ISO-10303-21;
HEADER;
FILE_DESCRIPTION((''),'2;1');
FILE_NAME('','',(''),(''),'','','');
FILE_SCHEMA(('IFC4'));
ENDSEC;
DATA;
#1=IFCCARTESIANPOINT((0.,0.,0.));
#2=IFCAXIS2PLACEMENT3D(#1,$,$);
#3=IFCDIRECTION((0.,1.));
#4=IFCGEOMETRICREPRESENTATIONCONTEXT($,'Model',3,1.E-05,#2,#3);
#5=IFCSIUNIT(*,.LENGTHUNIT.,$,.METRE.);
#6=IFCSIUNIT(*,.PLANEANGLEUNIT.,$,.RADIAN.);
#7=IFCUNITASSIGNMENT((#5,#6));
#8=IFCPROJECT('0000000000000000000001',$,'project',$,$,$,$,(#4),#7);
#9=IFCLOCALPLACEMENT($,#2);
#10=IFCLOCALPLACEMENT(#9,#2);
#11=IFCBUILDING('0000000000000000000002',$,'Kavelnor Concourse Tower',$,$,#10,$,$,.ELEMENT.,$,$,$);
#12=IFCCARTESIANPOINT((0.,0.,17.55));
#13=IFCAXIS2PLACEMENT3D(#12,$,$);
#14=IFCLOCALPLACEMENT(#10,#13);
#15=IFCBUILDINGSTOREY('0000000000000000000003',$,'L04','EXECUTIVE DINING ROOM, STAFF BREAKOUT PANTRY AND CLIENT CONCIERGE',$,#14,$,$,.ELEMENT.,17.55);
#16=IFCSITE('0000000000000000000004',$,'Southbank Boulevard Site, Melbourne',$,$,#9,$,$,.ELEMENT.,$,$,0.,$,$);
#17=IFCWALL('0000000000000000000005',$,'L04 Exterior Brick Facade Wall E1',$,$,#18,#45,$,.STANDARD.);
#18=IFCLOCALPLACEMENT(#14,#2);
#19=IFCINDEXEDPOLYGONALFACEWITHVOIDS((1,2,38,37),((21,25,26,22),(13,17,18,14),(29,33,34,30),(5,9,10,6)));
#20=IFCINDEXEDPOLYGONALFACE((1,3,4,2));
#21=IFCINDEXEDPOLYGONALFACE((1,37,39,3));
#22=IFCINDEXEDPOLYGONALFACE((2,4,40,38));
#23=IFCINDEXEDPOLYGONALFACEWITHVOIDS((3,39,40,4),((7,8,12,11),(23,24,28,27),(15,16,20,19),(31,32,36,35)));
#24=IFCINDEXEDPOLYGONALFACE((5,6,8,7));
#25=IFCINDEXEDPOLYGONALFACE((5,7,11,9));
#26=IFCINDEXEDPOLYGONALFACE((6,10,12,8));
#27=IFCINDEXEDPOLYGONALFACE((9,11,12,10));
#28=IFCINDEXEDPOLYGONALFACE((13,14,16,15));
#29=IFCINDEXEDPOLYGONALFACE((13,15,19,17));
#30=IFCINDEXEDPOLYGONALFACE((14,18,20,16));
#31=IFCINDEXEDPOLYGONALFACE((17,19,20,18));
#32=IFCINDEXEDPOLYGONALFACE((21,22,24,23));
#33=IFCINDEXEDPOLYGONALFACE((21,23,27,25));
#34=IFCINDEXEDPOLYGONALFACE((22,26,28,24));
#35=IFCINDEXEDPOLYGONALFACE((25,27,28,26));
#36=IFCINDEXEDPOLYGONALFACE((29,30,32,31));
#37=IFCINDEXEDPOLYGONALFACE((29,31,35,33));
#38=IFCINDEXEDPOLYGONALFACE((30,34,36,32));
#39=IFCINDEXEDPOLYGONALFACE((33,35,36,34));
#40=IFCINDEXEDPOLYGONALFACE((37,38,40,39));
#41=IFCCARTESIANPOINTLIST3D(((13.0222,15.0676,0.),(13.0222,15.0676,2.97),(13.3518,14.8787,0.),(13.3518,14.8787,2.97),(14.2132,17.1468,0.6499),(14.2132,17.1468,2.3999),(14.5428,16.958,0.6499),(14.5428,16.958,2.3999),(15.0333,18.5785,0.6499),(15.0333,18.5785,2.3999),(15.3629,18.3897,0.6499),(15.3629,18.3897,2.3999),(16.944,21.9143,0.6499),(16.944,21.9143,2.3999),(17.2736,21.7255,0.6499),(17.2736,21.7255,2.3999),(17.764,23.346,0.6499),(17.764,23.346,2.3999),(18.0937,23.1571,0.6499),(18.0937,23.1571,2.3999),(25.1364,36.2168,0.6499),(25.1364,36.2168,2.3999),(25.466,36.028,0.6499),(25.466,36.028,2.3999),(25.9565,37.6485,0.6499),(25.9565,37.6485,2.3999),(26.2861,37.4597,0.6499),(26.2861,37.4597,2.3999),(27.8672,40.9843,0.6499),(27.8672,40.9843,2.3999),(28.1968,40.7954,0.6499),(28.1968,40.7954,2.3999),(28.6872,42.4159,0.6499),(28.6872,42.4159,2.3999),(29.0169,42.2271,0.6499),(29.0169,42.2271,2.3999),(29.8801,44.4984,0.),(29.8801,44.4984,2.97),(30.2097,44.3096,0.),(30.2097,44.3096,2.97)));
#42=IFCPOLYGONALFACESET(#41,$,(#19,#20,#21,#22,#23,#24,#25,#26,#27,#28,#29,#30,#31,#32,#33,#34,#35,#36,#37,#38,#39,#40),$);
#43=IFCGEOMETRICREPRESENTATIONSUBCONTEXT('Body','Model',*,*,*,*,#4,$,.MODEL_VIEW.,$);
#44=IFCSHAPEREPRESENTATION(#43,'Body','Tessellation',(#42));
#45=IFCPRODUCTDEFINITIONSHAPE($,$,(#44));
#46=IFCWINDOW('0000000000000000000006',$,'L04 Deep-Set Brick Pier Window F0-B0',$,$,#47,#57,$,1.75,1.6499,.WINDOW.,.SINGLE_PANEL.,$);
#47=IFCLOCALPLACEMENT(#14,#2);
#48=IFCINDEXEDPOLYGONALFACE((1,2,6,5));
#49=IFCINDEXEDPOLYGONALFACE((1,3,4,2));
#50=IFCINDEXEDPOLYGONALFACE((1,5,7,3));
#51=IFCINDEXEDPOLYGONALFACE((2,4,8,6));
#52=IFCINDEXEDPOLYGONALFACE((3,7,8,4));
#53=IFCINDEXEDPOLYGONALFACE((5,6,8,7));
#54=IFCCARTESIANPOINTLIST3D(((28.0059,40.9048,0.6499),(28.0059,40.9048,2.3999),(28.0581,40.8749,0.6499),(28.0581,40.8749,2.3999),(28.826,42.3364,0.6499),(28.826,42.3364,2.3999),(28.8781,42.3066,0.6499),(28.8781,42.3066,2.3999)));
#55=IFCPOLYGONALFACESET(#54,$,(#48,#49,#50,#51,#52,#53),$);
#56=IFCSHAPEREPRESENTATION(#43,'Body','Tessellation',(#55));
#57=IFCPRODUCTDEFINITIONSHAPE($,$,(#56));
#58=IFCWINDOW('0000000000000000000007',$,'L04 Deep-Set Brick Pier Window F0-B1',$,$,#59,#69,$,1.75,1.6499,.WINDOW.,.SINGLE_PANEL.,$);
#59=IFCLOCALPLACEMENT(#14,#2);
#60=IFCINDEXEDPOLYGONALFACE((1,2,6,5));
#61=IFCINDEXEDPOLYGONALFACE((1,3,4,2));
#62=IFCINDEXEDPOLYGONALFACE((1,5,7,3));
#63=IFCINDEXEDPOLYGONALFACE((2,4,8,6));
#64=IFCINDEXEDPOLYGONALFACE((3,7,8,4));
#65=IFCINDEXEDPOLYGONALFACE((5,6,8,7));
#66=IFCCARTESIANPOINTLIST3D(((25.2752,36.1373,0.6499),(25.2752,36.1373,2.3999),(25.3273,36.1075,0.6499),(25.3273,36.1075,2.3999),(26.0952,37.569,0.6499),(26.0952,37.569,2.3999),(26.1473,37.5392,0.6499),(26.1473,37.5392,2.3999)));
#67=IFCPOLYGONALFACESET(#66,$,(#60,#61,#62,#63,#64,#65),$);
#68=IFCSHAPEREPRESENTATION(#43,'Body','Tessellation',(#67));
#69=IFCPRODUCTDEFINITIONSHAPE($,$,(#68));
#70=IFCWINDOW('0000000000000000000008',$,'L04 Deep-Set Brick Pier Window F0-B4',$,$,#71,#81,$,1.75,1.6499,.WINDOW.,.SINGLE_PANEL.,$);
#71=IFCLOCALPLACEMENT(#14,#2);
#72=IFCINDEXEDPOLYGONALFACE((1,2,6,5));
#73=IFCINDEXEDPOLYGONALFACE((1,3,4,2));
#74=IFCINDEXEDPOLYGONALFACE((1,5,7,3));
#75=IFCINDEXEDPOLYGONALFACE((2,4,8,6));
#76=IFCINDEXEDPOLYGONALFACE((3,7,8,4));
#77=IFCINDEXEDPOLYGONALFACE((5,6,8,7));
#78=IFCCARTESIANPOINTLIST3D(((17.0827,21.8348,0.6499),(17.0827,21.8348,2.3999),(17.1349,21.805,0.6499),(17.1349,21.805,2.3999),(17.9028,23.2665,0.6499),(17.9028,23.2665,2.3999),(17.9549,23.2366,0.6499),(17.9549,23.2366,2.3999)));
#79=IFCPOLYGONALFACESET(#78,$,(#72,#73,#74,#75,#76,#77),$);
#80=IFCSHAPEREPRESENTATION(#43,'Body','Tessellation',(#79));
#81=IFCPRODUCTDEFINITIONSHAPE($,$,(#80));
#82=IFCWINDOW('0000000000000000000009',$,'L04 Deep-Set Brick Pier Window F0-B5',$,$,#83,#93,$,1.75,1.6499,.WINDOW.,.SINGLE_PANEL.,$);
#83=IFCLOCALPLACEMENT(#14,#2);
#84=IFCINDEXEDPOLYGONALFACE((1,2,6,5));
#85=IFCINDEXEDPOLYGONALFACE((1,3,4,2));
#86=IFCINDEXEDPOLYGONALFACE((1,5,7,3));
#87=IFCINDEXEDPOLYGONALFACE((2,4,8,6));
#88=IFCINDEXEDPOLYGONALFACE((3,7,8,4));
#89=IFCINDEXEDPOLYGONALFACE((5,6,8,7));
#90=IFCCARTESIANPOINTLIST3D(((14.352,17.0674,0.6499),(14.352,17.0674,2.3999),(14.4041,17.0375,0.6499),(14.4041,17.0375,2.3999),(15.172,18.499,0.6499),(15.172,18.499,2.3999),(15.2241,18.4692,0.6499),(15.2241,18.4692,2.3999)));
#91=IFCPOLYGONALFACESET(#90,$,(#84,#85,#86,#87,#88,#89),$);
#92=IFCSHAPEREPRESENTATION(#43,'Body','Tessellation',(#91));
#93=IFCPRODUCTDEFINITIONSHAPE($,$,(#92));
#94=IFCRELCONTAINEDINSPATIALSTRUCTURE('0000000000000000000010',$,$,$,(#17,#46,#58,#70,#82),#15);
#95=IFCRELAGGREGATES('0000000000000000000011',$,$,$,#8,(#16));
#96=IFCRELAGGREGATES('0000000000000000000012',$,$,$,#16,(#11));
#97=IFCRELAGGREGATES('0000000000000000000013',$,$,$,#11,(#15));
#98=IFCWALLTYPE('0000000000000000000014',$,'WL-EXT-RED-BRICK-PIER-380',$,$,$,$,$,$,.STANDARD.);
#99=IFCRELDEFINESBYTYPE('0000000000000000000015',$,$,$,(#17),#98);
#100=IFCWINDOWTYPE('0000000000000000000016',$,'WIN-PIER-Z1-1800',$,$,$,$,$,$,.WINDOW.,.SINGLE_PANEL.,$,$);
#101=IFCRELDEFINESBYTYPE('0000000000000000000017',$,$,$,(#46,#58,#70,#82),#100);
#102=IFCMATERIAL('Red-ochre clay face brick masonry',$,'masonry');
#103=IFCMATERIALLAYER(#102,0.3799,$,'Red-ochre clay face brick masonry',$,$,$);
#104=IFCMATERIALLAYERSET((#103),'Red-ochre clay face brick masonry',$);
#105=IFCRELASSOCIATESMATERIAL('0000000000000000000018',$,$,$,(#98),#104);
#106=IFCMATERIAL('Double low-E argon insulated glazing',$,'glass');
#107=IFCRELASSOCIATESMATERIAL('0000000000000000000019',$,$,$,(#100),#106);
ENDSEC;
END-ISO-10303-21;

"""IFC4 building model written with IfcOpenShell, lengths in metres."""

from ifc_helpers import new_model, si_unit, direction, frame, frame_2d, origin, place, context, subcontext, project, spatial, rectangle, extrude, material, layer, layer_set, type_object, element, fill, save


model = new_model("IFC4")

# Units and contexts
model_context = context("Model", 3, precision=1e-05, world=origin(), true_north=direction((0.0, 1.0)))
body_context = subcontext(model_context, "Body", "Model", "MODEL_VIEW")
ifc_project = project(units=[si_unit("LENGTHUNIT", "METRE"), si_unit("PLANEANGLEUNIT", "RADIAN")], contexts=[model_context])

# Site, building, storey
site_placement = place(None, origin())
site = spatial("IfcSite", under=ifc_project, at=site_placement, Name="Southbank Boulevard Site, Melbourne", CompositionType="ELEMENT", RefElevation=0.0)
building_placement = place(site_placement, origin())
building = spatial("IfcBuilding", under=site, at=building_placement, Name="Kavelnor Concourse Tower", CompositionType="ELEMENT")
storey_placement = place(building_placement, frame((0.0, 0.0, 17.55)))
storey = spatial("IfcBuildingStorey", under=building, at=storey_placement, Name="L04", Description="EXECUTIVE DINING ROOM, STAFF BREAKOUT PANTRY AND CLIENT CONCIERGE", CompositionType="ELEMENT", Elevation=17.55)

# Wall, openings, windows
ifc_material_1 = material(Name="Red-ochre clay face brick masonry", Category="masonry")
ifc_layer_1 = layer(ifc_material_1, 0.3799, Name="Red-ochre clay face brick masonry")
ifc_layer_set_1 = layer_set([ifc_layer_1], Name="Red-ochre clay face brick masonry")
wall_type = type_object("IfcWallType", Name="WL-EXT-RED-BRICK-PIER-380", PredefinedType="STANDARD", material=ifc_layer_set_1)
wall_placement = place(storey_placement, frame((13.187, 14.9731, 0.0), z_axis=(0.0, 0.0, 1.0), x_axis=(0.497033, 0.867732, 0.0)))
wall = element("IfcWall", 1, at=wall_placement, inside=storey, type_object=wall_type, Name="L04 Exterior Brick Facade Wall E1", PredefinedType="STANDARD", context=body_context, shape_type="SweptSolid", body=[
    extrude(rectangle(XDim=33.917, YDim=0.3799, at=frame_2d((16.9585, 0.0))), origin(), (0.0, 0.0, 1.0), 2.97),
])
opening_1_placement = place(wall_placement, frame((29.8672, 0.0, 0.6499)))
opening_1 = element("IfcOpeningElement", 2, at=opening_1_placement, cuts=wall, PredefinedType="OPENING", context=body_context, shape_type="SweptSolid", body=[
    extrude(rectangle(XDim=1.6499, YDim=1.75, at=frame_2d((0.825, 0.875))), frame((0.0, 0.2, 0.0), z_axis=(0.0, -1.0, 0.0), x_axis=(1.0, 0.0, 0.0)), (0.0, 0.0, 1.0), 0.3999),
])
opening_2_placement = place(wall_placement, frame((24.373, 0.0, 0.6499)))
opening_2 = element("IfcOpeningElement", 3, at=opening_2_placement, cuts=wall, PredefinedType="OPENING", context=body_context, shape_type="SweptSolid", body=[
    extrude(rectangle(XDim=1.6499, YDim=1.75, at=frame_2d((0.825, 0.875))), frame((0.0, 0.2, 0.0), z_axis=(0.0, -1.0, 0.0), x_axis=(1.0, 0.0, 0.0)), (0.0, 0.0, 1.0), 0.3999),
])
opening_3_placement = place(wall_placement, frame((7.8904, 0.0, 0.6499)))
opening_3 = element("IfcOpeningElement", 4, at=opening_3_placement, cuts=wall, PredefinedType="OPENING", context=body_context, shape_type="SweptSolid", body=[
    extrude(rectangle(XDim=1.6499, YDim=1.75, at=frame_2d((0.825, 0.875))), frame((0.0, 0.2, 0.0), z_axis=(0.0, -1.0, 0.0), x_axis=(1.0, 0.0, 0.0)), (0.0, 0.0, 1.0), 0.3999),
])
opening_4_placement = place(wall_placement, frame((2.3962, 0.0, 0.6499)))
opening_4 = element("IfcOpeningElement", 5, at=opening_4_placement, cuts=wall, PredefinedType="OPENING", context=body_context, shape_type="SweptSolid", body=[
    extrude(rectangle(XDim=1.6499, YDim=1.75, at=frame_2d((0.825, 0.875))), frame((0.0, 0.2, 0.0), z_axis=(0.0, -1.0, 0.0), x_axis=(1.0, 0.0, 0.0)), (0.0, 0.0, 1.0), 0.3999),
])
ifc_material_2 = material(Name="Double low-E argon insulated glazing", Category="glass")
window_type = type_object("IfcWindowType", Name="WIN-PIER-Z1-1800", PartitioningType="SINGLE_PANEL", PredefinedType="WINDOW", material=ifc_material_2)
window_1_placement = place(opening_1_placement, origin())
window_1 = element("IfcWindow", 6, at=window_1_placement, inside=storey, type_object=window_type, Name="L04 Deep-Set Brick Pier Window F0-B0", OverallHeight=1.75, OverallWidth=1.6499, PartitioningType="SINGLE_PANEL", PredefinedType="WINDOW", context=body_context, shape_type="SweptSolid", body=[
    extrude(rectangle(XDim=1.6499, YDim=1.75, at=frame_2d((0.825, 0.875))), frame((0.0, 0.03, 0.0), z_axis=(0.0, -1.0, 0.0), x_axis=(1.0, 0.0, 0.0)), (0.0, 0.0, 1.0), 0.0601),
])
fill(opening_1, window_1)
window_2_placement = place(opening_2_placement, origin())
window_2 = element("IfcWindow", 7, at=window_2_placement, inside=storey, type_object=window_type, Name="L04 Deep-Set Brick Pier Window F0-B1", OverallHeight=1.75, OverallWidth=1.6499, PartitioningType="SINGLE_PANEL", PredefinedType="WINDOW", context=body_context, shape_type="SweptSolid", body=[
    extrude(rectangle(XDim=1.6499, YDim=1.75, at=frame_2d((0.825, 0.875))), frame((0.0, 0.03, 0.0), z_axis=(0.0, -1.0, 0.0), x_axis=(1.0, 0.0, 0.0)), (0.0, 0.0, 1.0), 0.0601),
])
fill(opening_2, window_2)
window_3_placement = place(opening_3_placement, origin())
window_3 = element("IfcWindow", 8, at=window_3_placement, inside=storey, type_object=window_type, Name="L04 Deep-Set Brick Pier Window F0-B4", OverallHeight=1.75, OverallWidth=1.6499, PartitioningType="SINGLE_PANEL", PredefinedType="WINDOW", context=body_context, shape_type="SweptSolid", body=[
    extrude(rectangle(XDim=1.6499, YDim=1.75, at=frame_2d((0.825, 0.875))), frame((0.0, 0.03, 0.0), z_axis=(0.0, -1.0, 0.0), x_axis=(1.0, 0.0, 0.0)), (0.0, 0.0, 1.0), 0.0601),
])
fill(opening_3, window_3)
window_4_placement = place(opening_4_placement, origin())
window_4 = element("IfcWindow", 9, at=window_4_placement, inside=storey, type_object=window_type, Name="L04 Deep-Set Brick Pier Window F0-B5", OverallHeight=1.75, OverallWidth=1.6499, PartitioningType="SINGLE_PANEL", PredefinedType="WINDOW", context=body_context, shape_type="SweptSolid", body=[
    extrude(rectangle(XDim=1.6499, YDim=1.75, at=frame_2d((0.825, 0.875))), frame((0.0, 0.03, 0.0), z_axis=(0.0, -1.0, 0.0), x_axis=(1.0, 0.0, 0.0)), (0.0, 0.0, 1.0), 0.0601),
])
fill(opening_4, window_4)

save(model, "model.ifc")
